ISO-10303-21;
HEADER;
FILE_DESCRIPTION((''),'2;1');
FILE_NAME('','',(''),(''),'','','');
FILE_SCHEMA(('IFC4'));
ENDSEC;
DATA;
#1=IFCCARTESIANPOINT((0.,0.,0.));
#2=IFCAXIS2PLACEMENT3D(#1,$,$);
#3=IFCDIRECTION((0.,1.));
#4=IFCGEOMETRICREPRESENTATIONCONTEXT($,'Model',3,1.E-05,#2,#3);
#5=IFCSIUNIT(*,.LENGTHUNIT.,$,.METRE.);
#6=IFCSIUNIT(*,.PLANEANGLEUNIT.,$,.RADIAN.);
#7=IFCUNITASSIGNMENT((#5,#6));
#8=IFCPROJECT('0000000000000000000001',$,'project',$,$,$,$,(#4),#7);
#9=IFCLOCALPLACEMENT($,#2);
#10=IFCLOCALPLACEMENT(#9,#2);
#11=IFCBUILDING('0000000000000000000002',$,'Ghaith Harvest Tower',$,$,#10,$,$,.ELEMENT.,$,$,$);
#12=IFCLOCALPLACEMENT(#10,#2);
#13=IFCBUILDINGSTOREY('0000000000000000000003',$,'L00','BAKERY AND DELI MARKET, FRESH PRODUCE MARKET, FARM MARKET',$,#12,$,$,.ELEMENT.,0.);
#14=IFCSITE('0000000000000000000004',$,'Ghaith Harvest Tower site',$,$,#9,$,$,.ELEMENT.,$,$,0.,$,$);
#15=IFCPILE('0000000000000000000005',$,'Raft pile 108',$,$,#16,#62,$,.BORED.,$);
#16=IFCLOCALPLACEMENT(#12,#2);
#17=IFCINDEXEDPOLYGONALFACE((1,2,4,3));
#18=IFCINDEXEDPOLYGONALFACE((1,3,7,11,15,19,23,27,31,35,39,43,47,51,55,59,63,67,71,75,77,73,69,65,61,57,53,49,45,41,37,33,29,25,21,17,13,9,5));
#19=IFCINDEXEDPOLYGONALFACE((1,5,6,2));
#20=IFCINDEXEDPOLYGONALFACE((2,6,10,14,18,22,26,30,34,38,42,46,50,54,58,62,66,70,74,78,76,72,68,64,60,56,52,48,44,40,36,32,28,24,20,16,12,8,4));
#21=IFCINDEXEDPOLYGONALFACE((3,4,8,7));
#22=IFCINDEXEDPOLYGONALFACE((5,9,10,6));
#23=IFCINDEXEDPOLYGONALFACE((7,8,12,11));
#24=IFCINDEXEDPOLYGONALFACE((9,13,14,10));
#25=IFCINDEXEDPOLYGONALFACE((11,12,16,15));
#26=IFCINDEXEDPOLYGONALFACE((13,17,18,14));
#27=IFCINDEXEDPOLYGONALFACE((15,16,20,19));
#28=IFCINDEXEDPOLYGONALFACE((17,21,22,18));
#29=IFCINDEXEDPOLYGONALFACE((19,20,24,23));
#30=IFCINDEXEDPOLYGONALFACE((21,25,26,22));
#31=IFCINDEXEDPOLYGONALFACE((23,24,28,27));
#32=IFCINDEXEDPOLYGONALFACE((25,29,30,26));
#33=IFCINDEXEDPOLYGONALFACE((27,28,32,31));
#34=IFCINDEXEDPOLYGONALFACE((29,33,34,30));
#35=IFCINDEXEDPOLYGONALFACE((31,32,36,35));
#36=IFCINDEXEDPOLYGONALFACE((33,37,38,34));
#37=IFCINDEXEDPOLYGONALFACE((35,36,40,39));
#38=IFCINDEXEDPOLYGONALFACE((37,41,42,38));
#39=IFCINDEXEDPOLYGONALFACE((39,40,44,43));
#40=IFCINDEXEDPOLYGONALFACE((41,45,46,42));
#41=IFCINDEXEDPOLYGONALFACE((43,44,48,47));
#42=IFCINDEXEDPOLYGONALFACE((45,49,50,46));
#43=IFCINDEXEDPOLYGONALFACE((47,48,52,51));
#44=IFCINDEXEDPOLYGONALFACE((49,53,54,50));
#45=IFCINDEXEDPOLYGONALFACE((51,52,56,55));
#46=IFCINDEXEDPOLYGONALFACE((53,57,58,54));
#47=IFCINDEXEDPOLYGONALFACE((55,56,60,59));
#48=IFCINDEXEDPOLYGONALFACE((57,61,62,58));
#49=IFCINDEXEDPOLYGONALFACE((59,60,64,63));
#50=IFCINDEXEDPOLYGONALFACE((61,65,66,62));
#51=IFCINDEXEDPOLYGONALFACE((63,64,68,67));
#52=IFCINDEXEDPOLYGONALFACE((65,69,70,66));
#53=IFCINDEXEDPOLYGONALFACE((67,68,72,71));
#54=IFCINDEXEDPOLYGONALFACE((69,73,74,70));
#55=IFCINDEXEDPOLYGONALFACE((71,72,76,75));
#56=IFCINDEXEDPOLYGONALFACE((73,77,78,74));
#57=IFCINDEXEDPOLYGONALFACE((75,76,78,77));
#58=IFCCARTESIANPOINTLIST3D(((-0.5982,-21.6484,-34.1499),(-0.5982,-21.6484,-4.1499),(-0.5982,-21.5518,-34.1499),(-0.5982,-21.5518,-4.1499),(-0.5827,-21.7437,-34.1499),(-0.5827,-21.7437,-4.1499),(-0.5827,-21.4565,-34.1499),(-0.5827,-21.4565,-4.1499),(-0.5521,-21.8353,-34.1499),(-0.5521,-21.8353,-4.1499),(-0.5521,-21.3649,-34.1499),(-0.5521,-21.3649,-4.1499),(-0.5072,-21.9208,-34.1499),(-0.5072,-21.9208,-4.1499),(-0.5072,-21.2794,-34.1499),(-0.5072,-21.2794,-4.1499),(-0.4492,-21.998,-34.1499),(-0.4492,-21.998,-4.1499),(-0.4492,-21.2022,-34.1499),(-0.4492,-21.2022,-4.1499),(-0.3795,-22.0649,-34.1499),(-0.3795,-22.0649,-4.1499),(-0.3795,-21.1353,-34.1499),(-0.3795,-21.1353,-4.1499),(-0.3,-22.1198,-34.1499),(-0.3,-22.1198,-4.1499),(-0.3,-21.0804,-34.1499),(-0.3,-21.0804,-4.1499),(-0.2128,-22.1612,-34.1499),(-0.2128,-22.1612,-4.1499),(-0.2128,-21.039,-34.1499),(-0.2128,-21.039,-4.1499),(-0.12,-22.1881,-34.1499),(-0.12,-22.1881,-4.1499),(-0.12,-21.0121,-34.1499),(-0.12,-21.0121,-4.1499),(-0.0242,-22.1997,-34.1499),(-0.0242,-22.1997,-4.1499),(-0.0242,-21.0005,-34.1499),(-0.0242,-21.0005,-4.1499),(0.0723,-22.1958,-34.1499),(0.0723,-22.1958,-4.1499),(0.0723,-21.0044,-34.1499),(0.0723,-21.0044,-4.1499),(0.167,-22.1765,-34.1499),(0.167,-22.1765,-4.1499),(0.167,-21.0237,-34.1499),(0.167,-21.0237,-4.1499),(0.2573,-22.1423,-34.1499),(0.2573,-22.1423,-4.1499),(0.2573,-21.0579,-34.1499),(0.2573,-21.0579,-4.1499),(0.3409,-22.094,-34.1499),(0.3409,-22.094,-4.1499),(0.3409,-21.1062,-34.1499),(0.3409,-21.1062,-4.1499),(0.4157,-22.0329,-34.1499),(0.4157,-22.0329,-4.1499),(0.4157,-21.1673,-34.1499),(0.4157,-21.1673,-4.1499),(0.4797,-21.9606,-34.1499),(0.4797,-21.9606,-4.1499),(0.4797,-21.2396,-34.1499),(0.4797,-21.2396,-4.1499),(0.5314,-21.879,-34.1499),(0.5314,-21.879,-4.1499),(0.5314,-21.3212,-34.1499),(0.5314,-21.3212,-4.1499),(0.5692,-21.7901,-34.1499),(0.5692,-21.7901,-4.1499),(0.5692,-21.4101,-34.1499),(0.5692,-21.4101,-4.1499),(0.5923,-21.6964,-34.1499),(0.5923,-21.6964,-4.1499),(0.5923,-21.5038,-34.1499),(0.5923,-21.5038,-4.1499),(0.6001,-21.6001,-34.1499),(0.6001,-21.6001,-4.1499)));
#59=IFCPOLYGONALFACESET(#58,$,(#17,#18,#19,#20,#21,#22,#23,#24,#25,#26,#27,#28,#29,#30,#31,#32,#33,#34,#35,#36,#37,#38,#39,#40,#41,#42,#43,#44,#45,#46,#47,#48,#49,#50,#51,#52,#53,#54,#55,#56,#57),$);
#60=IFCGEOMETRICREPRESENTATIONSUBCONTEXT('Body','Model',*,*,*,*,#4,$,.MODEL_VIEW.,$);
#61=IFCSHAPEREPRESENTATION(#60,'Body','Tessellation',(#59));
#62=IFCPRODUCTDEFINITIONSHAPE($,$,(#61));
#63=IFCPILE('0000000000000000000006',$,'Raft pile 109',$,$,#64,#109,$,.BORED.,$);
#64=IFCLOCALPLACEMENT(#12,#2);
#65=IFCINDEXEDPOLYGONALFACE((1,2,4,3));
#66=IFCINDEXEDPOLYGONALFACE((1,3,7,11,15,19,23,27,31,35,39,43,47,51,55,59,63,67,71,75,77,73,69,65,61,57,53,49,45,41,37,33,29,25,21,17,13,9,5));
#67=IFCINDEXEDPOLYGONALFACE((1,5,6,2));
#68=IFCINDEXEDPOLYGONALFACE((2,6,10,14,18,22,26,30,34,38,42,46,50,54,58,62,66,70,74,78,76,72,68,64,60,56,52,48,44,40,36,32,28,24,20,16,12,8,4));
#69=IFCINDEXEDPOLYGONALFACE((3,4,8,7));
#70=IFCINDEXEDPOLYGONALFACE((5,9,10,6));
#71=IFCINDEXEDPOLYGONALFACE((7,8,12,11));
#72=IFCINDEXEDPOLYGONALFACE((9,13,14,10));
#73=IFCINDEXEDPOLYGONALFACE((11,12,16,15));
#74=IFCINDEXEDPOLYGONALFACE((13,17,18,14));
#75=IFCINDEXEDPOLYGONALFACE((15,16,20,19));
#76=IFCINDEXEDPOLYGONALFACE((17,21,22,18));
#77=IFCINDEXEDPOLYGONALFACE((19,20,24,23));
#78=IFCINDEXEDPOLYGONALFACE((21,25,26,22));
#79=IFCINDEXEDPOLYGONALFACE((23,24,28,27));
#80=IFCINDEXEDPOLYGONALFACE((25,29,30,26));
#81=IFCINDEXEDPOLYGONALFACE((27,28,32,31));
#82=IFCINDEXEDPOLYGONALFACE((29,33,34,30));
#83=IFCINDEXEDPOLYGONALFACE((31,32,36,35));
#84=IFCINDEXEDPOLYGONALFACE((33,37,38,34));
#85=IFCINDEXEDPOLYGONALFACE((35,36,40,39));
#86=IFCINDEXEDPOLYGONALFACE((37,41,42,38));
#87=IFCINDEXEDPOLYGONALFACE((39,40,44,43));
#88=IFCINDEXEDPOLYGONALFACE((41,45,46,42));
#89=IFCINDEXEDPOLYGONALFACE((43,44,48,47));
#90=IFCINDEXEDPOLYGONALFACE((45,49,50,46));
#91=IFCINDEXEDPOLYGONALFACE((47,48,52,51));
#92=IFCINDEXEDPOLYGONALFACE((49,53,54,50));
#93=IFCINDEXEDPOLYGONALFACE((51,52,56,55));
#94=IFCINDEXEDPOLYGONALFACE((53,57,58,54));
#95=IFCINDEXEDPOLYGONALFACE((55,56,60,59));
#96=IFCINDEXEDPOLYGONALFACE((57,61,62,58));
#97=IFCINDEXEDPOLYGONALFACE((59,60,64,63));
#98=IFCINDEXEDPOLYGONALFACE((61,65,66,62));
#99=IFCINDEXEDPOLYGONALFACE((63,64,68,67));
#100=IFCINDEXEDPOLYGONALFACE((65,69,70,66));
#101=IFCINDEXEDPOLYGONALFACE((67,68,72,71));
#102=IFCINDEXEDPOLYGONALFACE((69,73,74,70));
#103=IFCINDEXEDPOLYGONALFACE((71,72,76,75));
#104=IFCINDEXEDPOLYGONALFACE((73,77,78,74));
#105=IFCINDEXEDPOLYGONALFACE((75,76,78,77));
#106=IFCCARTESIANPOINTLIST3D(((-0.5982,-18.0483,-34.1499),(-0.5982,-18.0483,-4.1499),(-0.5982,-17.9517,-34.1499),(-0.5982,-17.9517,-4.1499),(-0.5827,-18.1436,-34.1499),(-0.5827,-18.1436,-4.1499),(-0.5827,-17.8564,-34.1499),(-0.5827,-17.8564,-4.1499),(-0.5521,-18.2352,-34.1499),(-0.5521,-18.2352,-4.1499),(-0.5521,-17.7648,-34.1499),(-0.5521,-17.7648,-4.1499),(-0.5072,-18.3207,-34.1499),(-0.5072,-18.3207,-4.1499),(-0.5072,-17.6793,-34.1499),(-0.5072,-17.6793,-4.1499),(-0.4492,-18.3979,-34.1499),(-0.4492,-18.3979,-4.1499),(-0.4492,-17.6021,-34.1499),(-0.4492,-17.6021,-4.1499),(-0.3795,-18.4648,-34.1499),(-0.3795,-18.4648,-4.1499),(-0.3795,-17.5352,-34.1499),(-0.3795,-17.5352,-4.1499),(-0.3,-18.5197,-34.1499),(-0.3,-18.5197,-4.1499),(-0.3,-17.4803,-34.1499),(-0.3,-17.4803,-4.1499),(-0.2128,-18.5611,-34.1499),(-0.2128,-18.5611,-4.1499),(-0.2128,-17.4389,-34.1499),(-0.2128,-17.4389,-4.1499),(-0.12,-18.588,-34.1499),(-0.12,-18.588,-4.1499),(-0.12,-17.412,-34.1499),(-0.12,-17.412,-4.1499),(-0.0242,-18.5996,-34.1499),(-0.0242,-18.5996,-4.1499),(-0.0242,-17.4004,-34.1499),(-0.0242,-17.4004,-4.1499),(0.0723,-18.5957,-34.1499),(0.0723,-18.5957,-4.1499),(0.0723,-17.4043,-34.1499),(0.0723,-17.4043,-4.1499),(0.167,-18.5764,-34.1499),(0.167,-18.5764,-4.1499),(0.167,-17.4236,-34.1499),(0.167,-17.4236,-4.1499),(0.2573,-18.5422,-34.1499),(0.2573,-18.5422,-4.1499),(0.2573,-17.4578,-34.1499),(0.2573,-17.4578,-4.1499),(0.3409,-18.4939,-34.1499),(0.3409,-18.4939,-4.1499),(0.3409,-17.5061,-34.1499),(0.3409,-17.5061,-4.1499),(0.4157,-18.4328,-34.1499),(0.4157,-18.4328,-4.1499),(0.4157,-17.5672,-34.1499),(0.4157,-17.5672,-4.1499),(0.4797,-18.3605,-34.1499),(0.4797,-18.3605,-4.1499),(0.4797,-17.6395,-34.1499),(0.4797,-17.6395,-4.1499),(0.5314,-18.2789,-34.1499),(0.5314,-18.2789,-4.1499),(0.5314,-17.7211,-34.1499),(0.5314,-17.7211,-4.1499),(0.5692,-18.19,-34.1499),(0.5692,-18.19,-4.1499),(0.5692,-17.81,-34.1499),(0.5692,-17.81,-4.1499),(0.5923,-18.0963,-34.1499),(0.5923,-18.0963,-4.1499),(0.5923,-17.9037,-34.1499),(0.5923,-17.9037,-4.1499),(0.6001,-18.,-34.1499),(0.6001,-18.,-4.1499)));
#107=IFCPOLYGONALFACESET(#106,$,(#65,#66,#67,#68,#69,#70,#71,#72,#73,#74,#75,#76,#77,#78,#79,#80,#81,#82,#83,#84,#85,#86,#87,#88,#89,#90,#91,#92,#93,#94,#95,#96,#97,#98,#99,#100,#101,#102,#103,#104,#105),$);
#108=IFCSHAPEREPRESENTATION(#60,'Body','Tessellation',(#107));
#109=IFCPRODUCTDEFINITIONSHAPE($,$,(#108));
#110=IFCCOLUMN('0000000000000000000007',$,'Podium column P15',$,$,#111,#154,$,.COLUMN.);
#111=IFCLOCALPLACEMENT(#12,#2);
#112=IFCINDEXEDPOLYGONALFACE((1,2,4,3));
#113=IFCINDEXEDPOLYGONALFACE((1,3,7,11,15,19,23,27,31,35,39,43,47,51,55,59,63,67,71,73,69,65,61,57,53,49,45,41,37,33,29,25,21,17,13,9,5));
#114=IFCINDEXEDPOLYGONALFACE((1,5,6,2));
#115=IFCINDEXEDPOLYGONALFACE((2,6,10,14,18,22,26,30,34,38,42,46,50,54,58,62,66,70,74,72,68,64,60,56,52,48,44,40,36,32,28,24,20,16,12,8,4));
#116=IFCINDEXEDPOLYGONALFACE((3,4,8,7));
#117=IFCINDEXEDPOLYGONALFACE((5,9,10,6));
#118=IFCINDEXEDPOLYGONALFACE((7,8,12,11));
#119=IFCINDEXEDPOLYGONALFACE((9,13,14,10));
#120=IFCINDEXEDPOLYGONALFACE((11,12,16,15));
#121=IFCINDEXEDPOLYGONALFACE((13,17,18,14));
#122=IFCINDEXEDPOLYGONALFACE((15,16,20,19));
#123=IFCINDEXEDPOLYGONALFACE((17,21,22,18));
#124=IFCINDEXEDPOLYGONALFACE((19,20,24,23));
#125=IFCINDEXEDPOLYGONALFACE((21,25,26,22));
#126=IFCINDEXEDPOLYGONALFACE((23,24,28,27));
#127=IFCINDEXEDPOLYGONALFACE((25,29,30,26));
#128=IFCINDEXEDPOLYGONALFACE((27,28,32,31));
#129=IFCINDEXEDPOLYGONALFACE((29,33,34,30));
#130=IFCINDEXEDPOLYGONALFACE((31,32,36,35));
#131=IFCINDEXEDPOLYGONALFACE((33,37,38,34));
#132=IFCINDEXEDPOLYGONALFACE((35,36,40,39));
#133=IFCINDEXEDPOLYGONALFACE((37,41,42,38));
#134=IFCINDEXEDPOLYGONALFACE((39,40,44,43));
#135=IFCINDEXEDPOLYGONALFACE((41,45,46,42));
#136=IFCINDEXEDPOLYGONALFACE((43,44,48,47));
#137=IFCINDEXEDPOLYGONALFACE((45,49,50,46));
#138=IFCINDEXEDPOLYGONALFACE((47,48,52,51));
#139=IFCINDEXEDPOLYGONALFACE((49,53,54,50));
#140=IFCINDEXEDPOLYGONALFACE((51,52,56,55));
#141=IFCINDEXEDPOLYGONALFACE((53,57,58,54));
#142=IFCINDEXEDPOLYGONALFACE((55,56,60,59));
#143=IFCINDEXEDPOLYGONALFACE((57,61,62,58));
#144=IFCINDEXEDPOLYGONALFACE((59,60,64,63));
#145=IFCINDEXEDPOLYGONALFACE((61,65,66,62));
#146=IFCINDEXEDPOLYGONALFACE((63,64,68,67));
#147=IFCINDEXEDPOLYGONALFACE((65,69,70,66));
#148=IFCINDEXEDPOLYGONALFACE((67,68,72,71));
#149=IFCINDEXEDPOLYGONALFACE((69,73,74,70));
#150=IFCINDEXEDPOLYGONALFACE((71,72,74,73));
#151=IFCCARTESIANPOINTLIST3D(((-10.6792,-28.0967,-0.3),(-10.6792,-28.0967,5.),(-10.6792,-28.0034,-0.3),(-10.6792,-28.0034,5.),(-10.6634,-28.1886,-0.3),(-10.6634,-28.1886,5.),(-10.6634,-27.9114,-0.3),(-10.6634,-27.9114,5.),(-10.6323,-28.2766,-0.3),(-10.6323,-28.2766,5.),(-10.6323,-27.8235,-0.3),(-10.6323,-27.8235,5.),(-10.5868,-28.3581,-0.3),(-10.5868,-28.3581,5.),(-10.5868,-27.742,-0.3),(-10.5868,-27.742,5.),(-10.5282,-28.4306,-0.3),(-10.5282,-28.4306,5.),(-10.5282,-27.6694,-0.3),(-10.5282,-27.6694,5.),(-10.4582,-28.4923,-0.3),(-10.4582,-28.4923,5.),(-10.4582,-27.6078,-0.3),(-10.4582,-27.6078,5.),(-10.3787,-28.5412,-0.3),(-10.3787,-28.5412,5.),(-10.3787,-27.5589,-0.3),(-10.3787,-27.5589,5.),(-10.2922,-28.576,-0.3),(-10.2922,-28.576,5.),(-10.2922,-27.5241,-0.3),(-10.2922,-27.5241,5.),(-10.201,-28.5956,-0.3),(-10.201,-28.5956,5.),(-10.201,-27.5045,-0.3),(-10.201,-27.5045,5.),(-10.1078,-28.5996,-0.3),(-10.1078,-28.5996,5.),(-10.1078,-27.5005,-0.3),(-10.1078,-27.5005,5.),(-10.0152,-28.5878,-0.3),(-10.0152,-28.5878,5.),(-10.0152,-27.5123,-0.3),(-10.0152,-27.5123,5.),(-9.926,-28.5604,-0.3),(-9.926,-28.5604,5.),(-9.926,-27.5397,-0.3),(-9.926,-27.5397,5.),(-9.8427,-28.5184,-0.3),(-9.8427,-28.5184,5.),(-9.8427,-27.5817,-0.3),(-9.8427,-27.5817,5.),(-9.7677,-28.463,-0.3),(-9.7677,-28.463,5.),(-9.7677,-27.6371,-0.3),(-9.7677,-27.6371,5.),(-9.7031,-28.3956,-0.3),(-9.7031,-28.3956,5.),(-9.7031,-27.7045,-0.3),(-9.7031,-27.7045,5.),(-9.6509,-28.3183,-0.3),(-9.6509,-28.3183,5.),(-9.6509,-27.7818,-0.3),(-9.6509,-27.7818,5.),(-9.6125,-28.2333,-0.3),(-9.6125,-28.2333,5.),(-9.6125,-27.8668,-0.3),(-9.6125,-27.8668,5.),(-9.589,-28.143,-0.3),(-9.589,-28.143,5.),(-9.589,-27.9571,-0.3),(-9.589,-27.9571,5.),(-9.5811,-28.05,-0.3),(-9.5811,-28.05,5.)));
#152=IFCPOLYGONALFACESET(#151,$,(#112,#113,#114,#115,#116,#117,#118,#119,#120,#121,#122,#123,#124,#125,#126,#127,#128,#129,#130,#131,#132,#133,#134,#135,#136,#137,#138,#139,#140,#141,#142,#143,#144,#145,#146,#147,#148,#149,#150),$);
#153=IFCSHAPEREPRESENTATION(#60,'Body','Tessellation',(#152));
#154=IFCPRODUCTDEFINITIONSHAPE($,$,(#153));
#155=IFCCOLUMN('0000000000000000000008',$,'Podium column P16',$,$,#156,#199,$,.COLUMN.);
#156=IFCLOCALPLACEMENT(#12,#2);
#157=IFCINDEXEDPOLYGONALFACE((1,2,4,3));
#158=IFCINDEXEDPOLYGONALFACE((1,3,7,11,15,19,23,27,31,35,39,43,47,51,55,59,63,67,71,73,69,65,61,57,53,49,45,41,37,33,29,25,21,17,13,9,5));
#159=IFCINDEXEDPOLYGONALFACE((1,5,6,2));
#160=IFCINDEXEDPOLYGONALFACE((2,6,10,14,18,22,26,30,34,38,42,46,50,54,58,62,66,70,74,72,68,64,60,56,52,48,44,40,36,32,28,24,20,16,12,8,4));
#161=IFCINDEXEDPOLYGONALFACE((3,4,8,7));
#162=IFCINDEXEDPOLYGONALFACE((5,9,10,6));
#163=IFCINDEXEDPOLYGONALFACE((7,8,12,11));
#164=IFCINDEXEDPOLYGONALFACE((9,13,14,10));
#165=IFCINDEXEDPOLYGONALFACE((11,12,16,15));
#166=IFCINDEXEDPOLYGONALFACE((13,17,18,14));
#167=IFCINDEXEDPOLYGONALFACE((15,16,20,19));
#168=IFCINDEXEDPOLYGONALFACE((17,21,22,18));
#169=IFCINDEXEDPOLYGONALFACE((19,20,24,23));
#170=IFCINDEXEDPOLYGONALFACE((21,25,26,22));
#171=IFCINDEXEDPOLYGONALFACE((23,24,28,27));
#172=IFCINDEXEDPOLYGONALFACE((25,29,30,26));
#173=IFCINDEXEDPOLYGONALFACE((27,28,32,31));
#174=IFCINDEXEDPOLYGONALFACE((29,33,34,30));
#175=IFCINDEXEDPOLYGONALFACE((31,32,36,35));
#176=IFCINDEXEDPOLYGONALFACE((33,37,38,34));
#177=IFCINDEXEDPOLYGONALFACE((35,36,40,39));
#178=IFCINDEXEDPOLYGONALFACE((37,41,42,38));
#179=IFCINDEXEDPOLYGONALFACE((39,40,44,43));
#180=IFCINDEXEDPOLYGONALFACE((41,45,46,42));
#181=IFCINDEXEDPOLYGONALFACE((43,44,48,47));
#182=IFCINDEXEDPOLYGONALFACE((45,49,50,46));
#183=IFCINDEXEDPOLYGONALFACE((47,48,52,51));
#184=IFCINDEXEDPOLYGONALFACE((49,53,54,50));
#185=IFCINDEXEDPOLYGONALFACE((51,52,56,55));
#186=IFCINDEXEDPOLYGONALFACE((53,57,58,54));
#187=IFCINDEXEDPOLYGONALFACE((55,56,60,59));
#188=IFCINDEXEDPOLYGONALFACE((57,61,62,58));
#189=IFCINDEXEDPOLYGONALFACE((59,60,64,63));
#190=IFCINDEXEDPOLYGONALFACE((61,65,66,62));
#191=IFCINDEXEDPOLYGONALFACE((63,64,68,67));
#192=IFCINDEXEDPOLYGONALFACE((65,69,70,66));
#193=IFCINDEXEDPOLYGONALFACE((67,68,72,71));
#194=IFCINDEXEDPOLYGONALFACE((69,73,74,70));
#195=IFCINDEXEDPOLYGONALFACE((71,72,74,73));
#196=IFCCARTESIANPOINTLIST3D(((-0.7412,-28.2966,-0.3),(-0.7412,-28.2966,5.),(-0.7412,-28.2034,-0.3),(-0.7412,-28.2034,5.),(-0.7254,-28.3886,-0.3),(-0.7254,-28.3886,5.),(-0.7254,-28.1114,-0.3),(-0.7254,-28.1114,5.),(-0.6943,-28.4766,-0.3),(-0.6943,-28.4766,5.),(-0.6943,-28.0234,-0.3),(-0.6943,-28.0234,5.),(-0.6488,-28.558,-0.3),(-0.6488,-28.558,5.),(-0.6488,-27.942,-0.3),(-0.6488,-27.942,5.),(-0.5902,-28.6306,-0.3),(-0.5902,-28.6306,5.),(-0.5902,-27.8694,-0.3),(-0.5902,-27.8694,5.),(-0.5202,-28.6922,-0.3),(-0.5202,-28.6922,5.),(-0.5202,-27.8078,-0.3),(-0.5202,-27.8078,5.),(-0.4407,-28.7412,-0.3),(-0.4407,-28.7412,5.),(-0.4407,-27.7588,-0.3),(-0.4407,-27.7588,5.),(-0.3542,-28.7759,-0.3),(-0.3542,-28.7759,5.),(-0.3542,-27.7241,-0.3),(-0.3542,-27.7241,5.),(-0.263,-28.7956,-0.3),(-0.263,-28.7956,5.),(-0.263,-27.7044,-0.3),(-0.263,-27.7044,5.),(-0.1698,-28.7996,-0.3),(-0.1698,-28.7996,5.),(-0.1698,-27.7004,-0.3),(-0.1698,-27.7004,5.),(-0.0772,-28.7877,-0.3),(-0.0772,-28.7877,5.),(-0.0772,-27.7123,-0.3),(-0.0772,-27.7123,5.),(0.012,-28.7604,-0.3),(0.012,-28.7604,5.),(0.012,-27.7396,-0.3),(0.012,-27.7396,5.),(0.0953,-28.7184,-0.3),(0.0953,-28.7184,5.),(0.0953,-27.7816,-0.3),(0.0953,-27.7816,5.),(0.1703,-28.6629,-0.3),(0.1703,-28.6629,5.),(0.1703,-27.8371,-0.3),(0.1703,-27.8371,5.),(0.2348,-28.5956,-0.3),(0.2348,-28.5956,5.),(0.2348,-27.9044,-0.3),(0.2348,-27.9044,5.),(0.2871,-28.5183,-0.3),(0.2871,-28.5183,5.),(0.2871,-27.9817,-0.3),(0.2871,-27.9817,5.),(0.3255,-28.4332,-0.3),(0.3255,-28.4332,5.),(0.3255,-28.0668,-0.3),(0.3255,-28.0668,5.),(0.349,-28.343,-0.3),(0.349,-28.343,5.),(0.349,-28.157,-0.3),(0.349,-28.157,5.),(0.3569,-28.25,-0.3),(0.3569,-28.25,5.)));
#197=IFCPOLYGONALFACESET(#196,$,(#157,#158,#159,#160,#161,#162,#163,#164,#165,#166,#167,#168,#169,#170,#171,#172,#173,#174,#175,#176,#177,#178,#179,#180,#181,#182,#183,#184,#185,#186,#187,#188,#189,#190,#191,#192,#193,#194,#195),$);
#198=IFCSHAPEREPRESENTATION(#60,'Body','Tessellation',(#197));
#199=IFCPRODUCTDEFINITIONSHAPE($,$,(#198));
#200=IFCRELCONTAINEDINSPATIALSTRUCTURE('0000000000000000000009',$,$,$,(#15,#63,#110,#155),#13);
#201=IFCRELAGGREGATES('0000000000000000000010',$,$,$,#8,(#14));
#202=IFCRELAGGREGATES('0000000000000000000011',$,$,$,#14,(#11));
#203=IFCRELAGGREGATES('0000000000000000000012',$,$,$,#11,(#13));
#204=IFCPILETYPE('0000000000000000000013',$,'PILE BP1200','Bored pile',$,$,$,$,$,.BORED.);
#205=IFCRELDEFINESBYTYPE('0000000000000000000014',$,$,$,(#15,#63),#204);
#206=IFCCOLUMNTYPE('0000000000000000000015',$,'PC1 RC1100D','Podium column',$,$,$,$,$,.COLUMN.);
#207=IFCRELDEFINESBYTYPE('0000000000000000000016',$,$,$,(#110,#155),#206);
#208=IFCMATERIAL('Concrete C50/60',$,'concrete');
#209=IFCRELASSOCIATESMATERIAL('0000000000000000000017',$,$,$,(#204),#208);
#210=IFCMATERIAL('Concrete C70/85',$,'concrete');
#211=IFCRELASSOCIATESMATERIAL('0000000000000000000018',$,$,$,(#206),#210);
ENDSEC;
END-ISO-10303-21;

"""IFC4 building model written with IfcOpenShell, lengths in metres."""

from ifc_helpers import new_model, si_unit, direction, frame, origin, origin_2d, place, context, subcontext, project, spatial, circle, extrude, material, material_profile, profile_set, type_object, element, save


model = new_model("IFC4")

# Units and contexts
model_context = context("Model", 3, precision=1e-05, world=origin(), true_north=direction((0.0, 1.0)))
body_context = subcontext(model_context, "Body", "Model", "MODEL_VIEW")
ifc_project = project(units=[si_unit("LENGTHUNIT", "METRE"), si_unit("PLANEANGLEUNIT", "RADIAN")], contexts=[model_context])

# Site, building, storey
site_placement = place(None, origin())
site = spatial("IfcSite", under=ifc_project, at=site_placement, Name="Ghaith Harvest Tower site", CompositionType="ELEMENT", RefElevation=0.0)
building_placement = place(site_placement, origin())
building = spatial("IfcBuilding", under=site, at=building_placement, Name="Ghaith Harvest Tower", CompositionType="ELEMENT")
storey_placement = place(building_placement, origin())
storey = spatial("IfcBuildingStorey", under=building, at=storey_placement, Name="L00", Description="BAKERY AND DELI MARKET, FRESH PRODUCE MARKET, FARM MARKET", CompositionType="ELEMENT", Elevation=0.0)

# Piles
ifc_material_1 = material(Name="Concrete C50/60", Category="concrete")
ifc_material_profile_1 = material_profile(ifc_material_1, circle(Radius=0.6001, at=origin_2d()), Name="PILE1200")
ifc_profile_set_1 = profile_set([ifc_material_profile_1], Name="Concrete C50/60")
pile_type = type_object("IfcPileType", Name="PILE BP1200", Description="Bored pile", PredefinedType="BORED", material=ifc_profile_set_1)
for number, where, z_axis, x_axis, name in (
    (1, (0.0, -21.6001, -4.1499), (0.0, 0.0, -1.0), (1.0, 0.0, 0.0), "Raft pile 108"),
    (2, (0.0, -18.0, -4.1499), (0.0, 0.0, -1.0), (1.0, 0.0, 0.0), "Raft pile 109"),
):
    element("IfcPile", number, at=place(storey_placement, frame(where, z_axis=z_axis, x_axis=x_axis)), inside=storey, type_object=pile_type, Name=name, PredefinedType="BORED", context=body_context, shape_type="SweptSolid", body=[
        extrude(circle(Radius=0.6001, at=origin_2d()), origin(), (0.0, 0.0, 1.0), 30.0),
    ])

# Columns
ifc_material_2 = material(Name="Concrete C70/85", Category="concrete")
ifc_material_profile_2 = material_profile(ifc_material_2, circle(Radius=0.55, at=origin_2d()), Name="RC1100D")
ifc_profile_set_2 = profile_set([ifc_material_profile_2], Name="Concrete C70/85")
column_type_1 = type_object("IfcColumnType", Name="PC1 RC1100D", Description="Podium column", PredefinedType="COLUMN", material=ifc_profile_set_2)
for number, where, z_axis, x_axis, name in (
    (3, (-10.1311, -28.05, -0.3), (0.0, 0.0, 1.0), (1.0, 0.0, 0.0), "Podium column P15"),
    (4, (-0.1931, -28.25, -0.3), (0.0, 0.0, 1.0), (1.0, 0.0, 0.0), "Podium column P16"),
):
    element("IfcColumn", number, at=place(storey_placement, frame(where, z_axis=z_axis, x_axis=x_axis)), inside=storey, type_object=column_type_1, Name=name, PredefinedType="COLUMN", context=body_context, shape_type="SweptSolid", body=[
        extrude(circle(Radius=0.55, at=origin_2d()), origin(), (0.0, 0.0, 1.0), 5.3),
    ])

save(model, "model.ifc")
